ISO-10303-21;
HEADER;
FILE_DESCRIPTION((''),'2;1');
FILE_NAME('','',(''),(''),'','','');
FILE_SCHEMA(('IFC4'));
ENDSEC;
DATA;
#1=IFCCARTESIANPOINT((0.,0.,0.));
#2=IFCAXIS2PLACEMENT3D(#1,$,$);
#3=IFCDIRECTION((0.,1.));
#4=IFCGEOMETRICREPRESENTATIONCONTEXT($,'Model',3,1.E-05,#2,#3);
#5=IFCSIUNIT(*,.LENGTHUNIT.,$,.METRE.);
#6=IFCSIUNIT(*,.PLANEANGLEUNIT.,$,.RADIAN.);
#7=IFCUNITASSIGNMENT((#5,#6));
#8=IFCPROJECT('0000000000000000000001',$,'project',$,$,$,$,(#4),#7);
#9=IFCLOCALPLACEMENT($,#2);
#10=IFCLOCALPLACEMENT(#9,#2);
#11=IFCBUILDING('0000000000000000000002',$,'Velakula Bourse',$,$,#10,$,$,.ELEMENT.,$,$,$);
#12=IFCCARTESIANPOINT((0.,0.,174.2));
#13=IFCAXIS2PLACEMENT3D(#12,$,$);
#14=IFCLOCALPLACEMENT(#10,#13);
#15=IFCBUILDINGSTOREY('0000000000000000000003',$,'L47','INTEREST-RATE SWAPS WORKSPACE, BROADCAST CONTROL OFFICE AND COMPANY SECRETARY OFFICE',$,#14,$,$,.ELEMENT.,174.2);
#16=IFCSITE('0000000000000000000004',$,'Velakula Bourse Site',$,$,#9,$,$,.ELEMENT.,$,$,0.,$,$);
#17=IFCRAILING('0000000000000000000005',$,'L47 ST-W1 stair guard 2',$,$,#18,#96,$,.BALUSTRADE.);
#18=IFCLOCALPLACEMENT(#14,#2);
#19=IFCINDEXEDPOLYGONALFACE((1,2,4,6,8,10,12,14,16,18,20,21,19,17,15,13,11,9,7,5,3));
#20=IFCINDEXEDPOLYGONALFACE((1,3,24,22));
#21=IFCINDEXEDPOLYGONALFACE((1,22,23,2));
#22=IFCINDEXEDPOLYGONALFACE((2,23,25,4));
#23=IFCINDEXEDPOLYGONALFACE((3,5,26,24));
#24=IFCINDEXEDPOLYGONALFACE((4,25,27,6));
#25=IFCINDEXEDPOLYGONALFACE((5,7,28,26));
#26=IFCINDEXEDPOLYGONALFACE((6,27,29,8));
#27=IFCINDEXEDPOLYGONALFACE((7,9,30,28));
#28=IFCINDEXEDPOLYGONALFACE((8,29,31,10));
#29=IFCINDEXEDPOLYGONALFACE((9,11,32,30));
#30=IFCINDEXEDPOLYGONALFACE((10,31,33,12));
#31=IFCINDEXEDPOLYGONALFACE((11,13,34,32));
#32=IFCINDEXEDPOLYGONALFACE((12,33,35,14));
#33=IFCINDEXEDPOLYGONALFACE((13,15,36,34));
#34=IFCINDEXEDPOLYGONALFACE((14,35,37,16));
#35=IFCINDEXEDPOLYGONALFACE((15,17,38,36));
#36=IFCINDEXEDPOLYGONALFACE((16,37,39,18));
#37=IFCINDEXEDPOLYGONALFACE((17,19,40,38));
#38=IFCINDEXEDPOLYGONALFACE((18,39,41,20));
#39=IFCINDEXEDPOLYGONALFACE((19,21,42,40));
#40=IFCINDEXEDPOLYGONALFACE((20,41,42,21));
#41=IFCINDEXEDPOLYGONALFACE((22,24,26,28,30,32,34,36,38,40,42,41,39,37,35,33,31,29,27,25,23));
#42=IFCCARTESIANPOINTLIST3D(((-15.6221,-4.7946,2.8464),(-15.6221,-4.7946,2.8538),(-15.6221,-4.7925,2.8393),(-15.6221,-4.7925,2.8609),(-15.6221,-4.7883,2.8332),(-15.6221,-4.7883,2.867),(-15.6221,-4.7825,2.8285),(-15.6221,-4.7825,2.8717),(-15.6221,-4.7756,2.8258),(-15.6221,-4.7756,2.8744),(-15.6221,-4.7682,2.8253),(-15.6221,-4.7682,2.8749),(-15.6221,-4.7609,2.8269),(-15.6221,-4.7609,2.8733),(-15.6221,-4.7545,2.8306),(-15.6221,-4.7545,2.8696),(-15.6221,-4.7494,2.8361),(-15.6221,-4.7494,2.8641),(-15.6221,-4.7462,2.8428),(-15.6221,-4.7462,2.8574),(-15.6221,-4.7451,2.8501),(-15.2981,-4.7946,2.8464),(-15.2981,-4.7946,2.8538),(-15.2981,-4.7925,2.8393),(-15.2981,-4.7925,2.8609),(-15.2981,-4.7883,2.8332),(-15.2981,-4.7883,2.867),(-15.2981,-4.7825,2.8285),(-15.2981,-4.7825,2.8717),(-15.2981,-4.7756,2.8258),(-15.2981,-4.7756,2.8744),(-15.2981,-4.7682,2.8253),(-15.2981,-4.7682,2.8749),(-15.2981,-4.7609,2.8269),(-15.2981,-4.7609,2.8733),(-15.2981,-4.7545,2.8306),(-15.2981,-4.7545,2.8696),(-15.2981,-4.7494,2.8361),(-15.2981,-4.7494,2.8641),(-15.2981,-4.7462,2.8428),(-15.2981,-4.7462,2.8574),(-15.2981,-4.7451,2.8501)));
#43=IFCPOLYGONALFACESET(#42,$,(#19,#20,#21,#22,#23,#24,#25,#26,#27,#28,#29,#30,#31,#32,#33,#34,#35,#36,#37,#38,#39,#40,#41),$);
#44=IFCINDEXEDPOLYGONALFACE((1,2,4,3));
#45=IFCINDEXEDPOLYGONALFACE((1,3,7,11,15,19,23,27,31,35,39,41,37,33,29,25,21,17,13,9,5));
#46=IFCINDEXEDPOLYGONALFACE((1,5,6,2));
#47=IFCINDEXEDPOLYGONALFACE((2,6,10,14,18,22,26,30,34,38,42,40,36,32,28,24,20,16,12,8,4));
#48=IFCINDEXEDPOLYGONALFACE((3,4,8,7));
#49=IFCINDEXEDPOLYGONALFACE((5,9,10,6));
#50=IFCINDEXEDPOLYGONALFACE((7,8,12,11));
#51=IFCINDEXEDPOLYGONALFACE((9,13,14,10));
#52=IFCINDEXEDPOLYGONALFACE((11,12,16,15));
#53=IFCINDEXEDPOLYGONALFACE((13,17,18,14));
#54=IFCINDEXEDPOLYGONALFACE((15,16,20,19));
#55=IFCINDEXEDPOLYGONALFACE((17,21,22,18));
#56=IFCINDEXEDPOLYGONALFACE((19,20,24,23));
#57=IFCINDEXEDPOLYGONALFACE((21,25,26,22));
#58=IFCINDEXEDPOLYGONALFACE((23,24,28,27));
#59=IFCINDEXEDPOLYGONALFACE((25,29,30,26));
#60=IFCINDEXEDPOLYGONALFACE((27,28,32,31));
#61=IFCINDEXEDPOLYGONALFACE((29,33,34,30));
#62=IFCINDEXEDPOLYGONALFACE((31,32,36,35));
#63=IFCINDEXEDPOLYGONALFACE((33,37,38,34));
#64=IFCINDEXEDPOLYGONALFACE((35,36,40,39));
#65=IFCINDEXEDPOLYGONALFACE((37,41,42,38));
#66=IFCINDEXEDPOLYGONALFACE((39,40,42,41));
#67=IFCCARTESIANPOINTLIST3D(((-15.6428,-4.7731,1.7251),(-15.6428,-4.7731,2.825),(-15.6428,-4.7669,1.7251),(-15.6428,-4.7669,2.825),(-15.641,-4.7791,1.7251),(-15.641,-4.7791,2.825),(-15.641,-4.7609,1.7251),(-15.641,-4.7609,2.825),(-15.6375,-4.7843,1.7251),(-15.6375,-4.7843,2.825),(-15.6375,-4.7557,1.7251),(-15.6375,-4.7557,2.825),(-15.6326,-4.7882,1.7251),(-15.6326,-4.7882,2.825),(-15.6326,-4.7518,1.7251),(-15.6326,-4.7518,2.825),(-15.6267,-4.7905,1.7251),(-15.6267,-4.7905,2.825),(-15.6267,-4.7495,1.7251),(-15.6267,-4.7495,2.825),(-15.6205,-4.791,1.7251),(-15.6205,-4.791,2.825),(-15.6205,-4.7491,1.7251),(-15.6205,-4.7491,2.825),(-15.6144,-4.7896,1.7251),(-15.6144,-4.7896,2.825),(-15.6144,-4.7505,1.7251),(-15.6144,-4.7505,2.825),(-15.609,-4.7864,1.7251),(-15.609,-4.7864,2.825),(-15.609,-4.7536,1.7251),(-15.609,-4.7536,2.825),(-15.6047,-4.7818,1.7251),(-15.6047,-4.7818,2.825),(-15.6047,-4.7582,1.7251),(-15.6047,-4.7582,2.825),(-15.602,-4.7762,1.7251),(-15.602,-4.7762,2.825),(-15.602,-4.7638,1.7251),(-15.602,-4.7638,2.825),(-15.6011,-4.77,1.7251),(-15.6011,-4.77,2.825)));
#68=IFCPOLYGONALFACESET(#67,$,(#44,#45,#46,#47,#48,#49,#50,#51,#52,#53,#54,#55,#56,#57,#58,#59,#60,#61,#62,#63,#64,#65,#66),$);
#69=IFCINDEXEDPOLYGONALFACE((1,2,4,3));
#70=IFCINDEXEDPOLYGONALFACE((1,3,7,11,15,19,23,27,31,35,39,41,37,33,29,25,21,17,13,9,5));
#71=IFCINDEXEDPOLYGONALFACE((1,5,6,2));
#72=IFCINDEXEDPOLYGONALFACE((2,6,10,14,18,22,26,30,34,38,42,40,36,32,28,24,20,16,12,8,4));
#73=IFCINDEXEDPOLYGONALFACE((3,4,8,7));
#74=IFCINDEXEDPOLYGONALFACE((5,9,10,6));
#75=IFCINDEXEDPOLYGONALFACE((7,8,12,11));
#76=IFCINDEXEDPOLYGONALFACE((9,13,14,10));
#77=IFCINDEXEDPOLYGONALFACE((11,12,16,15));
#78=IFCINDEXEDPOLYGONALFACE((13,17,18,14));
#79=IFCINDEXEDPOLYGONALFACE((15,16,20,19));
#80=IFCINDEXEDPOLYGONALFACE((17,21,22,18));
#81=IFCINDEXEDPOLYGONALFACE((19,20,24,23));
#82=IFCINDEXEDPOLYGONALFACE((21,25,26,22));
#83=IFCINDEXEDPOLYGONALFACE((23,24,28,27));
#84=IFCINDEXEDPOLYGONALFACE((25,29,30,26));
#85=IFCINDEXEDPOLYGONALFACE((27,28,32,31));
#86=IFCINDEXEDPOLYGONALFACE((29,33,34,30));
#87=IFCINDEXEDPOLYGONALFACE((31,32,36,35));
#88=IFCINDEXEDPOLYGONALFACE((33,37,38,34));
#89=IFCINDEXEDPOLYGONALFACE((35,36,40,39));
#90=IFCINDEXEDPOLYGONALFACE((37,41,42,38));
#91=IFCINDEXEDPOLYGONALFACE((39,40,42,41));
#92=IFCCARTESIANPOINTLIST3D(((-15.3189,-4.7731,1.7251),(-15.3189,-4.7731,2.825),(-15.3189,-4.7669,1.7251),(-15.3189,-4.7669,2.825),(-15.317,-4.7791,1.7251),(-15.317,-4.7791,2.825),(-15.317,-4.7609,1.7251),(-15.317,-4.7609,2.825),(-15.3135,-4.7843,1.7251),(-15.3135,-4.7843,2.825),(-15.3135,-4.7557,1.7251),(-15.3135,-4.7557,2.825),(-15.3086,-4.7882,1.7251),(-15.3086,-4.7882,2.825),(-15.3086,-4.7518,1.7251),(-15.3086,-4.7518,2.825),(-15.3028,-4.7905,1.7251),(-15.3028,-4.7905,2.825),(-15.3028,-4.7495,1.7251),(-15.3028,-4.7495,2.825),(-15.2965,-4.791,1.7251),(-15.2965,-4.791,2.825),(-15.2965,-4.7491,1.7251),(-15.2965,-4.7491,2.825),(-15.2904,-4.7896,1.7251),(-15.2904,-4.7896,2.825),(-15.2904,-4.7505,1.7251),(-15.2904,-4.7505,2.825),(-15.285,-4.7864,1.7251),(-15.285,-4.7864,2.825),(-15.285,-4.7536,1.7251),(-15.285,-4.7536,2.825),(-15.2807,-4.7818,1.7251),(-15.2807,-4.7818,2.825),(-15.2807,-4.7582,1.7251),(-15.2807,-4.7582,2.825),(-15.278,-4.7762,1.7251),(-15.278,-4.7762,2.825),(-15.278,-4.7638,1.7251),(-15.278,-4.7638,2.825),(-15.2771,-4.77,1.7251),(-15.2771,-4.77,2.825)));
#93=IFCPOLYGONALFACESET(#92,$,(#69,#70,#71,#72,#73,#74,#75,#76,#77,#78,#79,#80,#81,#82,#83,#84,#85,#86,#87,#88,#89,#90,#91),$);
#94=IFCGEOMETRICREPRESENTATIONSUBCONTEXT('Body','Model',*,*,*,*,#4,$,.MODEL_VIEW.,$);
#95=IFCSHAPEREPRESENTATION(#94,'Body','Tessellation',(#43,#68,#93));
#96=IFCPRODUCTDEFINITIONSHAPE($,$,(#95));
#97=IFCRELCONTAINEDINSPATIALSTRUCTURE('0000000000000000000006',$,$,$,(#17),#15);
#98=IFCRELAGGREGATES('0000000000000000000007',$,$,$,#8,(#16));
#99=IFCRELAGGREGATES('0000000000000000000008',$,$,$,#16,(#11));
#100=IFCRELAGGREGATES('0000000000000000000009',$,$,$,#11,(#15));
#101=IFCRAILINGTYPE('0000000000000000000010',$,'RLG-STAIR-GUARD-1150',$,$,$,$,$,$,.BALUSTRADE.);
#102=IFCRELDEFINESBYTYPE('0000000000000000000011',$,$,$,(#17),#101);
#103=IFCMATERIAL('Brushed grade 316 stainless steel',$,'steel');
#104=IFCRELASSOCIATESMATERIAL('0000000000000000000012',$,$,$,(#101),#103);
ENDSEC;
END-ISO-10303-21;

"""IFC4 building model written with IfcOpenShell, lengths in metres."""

from ifc_helpers import new_model, si_unit, direction, frame, origin, origin_2d, place, context, subcontext, project, spatial, circle, extrude, material, type_object, element, save


model = new_model("IFC4")

# Units and contexts
model_context = context("Model", 3, precision=1e-05, world=origin(), true_north=direction((0.0, 1.0)))
body_context = subcontext(model_context, "Body", "Model", "MODEL_VIEW")
ifc_project = project(units=[si_unit("LENGTHUNIT", "METRE"), si_unit("PLANEANGLEUNIT", "RADIAN")], contexts=[model_context])

# Site, building, storey
site_placement = place(None, origin())
site = spatial("IfcSite", under=ifc_project, at=site_placement, Name="Velakula Bourse Site", CompositionType="ELEMENT", RefElevation=0.0)
building_placement = place(site_placement, origin())
building = spatial("IfcBuilding", under=site, at=building_placement, Name="Velakula Bourse", CompositionType="ELEMENT")
storey_placement = place(building_placement, frame((0.0, 0.0, 174.2)))
storey = spatial("IfcBuildingStorey", under=building, at=storey_placement, Name="L47", Description="INTEREST-RATE SWAPS WORKSPACE, BROADCAST CONTROL OFFICE AND COMPANY SECRETARY OFFICE", CompositionType="ELEMENT", Elevation=174.2)

# Shared definitions
ifc_material_1 = material(Name="Brushed grade 316 stainless steel", Category="steel")

# Railing
railing_type_1 = type_object("IfcRailingType", Name="RLG-STAIR-GUARD-1150", PredefinedType="BALUSTRADE", material=ifc_material_1)
railing_1_placement = place(storey_placement, frame((-15.6221, -4.77, 1.7251)))
element("IfcRailing", 1, at=railing_1_placement, inside=storey, type_object=railing_type_1, Name="L47 ST-W1 stair guard 2", PredefinedType="BALUSTRADE", context=body_context, shape_type="SweptSolid", body=[
    extrude(circle(Radius=0.0249, at=origin_2d()), frame((0.0, 0.0, 1.125), z_axis=(1.0, 0.0, 0.0), x_axis=(0.0, 1.0, 0.0)), (0.0, 0.0, 1.0), 0.324),
    extrude(circle(Radius=0.021, at=origin_2d()), origin(), (0.0, 0.0, 1.0), 1.0999),
    extrude(circle(Radius=0.021, at=origin_2d()), frame((0.324, 0.0, 0.0)), (0.0, 0.0, 1.0), 1.0999),
])

save(model, "model.ifc")
